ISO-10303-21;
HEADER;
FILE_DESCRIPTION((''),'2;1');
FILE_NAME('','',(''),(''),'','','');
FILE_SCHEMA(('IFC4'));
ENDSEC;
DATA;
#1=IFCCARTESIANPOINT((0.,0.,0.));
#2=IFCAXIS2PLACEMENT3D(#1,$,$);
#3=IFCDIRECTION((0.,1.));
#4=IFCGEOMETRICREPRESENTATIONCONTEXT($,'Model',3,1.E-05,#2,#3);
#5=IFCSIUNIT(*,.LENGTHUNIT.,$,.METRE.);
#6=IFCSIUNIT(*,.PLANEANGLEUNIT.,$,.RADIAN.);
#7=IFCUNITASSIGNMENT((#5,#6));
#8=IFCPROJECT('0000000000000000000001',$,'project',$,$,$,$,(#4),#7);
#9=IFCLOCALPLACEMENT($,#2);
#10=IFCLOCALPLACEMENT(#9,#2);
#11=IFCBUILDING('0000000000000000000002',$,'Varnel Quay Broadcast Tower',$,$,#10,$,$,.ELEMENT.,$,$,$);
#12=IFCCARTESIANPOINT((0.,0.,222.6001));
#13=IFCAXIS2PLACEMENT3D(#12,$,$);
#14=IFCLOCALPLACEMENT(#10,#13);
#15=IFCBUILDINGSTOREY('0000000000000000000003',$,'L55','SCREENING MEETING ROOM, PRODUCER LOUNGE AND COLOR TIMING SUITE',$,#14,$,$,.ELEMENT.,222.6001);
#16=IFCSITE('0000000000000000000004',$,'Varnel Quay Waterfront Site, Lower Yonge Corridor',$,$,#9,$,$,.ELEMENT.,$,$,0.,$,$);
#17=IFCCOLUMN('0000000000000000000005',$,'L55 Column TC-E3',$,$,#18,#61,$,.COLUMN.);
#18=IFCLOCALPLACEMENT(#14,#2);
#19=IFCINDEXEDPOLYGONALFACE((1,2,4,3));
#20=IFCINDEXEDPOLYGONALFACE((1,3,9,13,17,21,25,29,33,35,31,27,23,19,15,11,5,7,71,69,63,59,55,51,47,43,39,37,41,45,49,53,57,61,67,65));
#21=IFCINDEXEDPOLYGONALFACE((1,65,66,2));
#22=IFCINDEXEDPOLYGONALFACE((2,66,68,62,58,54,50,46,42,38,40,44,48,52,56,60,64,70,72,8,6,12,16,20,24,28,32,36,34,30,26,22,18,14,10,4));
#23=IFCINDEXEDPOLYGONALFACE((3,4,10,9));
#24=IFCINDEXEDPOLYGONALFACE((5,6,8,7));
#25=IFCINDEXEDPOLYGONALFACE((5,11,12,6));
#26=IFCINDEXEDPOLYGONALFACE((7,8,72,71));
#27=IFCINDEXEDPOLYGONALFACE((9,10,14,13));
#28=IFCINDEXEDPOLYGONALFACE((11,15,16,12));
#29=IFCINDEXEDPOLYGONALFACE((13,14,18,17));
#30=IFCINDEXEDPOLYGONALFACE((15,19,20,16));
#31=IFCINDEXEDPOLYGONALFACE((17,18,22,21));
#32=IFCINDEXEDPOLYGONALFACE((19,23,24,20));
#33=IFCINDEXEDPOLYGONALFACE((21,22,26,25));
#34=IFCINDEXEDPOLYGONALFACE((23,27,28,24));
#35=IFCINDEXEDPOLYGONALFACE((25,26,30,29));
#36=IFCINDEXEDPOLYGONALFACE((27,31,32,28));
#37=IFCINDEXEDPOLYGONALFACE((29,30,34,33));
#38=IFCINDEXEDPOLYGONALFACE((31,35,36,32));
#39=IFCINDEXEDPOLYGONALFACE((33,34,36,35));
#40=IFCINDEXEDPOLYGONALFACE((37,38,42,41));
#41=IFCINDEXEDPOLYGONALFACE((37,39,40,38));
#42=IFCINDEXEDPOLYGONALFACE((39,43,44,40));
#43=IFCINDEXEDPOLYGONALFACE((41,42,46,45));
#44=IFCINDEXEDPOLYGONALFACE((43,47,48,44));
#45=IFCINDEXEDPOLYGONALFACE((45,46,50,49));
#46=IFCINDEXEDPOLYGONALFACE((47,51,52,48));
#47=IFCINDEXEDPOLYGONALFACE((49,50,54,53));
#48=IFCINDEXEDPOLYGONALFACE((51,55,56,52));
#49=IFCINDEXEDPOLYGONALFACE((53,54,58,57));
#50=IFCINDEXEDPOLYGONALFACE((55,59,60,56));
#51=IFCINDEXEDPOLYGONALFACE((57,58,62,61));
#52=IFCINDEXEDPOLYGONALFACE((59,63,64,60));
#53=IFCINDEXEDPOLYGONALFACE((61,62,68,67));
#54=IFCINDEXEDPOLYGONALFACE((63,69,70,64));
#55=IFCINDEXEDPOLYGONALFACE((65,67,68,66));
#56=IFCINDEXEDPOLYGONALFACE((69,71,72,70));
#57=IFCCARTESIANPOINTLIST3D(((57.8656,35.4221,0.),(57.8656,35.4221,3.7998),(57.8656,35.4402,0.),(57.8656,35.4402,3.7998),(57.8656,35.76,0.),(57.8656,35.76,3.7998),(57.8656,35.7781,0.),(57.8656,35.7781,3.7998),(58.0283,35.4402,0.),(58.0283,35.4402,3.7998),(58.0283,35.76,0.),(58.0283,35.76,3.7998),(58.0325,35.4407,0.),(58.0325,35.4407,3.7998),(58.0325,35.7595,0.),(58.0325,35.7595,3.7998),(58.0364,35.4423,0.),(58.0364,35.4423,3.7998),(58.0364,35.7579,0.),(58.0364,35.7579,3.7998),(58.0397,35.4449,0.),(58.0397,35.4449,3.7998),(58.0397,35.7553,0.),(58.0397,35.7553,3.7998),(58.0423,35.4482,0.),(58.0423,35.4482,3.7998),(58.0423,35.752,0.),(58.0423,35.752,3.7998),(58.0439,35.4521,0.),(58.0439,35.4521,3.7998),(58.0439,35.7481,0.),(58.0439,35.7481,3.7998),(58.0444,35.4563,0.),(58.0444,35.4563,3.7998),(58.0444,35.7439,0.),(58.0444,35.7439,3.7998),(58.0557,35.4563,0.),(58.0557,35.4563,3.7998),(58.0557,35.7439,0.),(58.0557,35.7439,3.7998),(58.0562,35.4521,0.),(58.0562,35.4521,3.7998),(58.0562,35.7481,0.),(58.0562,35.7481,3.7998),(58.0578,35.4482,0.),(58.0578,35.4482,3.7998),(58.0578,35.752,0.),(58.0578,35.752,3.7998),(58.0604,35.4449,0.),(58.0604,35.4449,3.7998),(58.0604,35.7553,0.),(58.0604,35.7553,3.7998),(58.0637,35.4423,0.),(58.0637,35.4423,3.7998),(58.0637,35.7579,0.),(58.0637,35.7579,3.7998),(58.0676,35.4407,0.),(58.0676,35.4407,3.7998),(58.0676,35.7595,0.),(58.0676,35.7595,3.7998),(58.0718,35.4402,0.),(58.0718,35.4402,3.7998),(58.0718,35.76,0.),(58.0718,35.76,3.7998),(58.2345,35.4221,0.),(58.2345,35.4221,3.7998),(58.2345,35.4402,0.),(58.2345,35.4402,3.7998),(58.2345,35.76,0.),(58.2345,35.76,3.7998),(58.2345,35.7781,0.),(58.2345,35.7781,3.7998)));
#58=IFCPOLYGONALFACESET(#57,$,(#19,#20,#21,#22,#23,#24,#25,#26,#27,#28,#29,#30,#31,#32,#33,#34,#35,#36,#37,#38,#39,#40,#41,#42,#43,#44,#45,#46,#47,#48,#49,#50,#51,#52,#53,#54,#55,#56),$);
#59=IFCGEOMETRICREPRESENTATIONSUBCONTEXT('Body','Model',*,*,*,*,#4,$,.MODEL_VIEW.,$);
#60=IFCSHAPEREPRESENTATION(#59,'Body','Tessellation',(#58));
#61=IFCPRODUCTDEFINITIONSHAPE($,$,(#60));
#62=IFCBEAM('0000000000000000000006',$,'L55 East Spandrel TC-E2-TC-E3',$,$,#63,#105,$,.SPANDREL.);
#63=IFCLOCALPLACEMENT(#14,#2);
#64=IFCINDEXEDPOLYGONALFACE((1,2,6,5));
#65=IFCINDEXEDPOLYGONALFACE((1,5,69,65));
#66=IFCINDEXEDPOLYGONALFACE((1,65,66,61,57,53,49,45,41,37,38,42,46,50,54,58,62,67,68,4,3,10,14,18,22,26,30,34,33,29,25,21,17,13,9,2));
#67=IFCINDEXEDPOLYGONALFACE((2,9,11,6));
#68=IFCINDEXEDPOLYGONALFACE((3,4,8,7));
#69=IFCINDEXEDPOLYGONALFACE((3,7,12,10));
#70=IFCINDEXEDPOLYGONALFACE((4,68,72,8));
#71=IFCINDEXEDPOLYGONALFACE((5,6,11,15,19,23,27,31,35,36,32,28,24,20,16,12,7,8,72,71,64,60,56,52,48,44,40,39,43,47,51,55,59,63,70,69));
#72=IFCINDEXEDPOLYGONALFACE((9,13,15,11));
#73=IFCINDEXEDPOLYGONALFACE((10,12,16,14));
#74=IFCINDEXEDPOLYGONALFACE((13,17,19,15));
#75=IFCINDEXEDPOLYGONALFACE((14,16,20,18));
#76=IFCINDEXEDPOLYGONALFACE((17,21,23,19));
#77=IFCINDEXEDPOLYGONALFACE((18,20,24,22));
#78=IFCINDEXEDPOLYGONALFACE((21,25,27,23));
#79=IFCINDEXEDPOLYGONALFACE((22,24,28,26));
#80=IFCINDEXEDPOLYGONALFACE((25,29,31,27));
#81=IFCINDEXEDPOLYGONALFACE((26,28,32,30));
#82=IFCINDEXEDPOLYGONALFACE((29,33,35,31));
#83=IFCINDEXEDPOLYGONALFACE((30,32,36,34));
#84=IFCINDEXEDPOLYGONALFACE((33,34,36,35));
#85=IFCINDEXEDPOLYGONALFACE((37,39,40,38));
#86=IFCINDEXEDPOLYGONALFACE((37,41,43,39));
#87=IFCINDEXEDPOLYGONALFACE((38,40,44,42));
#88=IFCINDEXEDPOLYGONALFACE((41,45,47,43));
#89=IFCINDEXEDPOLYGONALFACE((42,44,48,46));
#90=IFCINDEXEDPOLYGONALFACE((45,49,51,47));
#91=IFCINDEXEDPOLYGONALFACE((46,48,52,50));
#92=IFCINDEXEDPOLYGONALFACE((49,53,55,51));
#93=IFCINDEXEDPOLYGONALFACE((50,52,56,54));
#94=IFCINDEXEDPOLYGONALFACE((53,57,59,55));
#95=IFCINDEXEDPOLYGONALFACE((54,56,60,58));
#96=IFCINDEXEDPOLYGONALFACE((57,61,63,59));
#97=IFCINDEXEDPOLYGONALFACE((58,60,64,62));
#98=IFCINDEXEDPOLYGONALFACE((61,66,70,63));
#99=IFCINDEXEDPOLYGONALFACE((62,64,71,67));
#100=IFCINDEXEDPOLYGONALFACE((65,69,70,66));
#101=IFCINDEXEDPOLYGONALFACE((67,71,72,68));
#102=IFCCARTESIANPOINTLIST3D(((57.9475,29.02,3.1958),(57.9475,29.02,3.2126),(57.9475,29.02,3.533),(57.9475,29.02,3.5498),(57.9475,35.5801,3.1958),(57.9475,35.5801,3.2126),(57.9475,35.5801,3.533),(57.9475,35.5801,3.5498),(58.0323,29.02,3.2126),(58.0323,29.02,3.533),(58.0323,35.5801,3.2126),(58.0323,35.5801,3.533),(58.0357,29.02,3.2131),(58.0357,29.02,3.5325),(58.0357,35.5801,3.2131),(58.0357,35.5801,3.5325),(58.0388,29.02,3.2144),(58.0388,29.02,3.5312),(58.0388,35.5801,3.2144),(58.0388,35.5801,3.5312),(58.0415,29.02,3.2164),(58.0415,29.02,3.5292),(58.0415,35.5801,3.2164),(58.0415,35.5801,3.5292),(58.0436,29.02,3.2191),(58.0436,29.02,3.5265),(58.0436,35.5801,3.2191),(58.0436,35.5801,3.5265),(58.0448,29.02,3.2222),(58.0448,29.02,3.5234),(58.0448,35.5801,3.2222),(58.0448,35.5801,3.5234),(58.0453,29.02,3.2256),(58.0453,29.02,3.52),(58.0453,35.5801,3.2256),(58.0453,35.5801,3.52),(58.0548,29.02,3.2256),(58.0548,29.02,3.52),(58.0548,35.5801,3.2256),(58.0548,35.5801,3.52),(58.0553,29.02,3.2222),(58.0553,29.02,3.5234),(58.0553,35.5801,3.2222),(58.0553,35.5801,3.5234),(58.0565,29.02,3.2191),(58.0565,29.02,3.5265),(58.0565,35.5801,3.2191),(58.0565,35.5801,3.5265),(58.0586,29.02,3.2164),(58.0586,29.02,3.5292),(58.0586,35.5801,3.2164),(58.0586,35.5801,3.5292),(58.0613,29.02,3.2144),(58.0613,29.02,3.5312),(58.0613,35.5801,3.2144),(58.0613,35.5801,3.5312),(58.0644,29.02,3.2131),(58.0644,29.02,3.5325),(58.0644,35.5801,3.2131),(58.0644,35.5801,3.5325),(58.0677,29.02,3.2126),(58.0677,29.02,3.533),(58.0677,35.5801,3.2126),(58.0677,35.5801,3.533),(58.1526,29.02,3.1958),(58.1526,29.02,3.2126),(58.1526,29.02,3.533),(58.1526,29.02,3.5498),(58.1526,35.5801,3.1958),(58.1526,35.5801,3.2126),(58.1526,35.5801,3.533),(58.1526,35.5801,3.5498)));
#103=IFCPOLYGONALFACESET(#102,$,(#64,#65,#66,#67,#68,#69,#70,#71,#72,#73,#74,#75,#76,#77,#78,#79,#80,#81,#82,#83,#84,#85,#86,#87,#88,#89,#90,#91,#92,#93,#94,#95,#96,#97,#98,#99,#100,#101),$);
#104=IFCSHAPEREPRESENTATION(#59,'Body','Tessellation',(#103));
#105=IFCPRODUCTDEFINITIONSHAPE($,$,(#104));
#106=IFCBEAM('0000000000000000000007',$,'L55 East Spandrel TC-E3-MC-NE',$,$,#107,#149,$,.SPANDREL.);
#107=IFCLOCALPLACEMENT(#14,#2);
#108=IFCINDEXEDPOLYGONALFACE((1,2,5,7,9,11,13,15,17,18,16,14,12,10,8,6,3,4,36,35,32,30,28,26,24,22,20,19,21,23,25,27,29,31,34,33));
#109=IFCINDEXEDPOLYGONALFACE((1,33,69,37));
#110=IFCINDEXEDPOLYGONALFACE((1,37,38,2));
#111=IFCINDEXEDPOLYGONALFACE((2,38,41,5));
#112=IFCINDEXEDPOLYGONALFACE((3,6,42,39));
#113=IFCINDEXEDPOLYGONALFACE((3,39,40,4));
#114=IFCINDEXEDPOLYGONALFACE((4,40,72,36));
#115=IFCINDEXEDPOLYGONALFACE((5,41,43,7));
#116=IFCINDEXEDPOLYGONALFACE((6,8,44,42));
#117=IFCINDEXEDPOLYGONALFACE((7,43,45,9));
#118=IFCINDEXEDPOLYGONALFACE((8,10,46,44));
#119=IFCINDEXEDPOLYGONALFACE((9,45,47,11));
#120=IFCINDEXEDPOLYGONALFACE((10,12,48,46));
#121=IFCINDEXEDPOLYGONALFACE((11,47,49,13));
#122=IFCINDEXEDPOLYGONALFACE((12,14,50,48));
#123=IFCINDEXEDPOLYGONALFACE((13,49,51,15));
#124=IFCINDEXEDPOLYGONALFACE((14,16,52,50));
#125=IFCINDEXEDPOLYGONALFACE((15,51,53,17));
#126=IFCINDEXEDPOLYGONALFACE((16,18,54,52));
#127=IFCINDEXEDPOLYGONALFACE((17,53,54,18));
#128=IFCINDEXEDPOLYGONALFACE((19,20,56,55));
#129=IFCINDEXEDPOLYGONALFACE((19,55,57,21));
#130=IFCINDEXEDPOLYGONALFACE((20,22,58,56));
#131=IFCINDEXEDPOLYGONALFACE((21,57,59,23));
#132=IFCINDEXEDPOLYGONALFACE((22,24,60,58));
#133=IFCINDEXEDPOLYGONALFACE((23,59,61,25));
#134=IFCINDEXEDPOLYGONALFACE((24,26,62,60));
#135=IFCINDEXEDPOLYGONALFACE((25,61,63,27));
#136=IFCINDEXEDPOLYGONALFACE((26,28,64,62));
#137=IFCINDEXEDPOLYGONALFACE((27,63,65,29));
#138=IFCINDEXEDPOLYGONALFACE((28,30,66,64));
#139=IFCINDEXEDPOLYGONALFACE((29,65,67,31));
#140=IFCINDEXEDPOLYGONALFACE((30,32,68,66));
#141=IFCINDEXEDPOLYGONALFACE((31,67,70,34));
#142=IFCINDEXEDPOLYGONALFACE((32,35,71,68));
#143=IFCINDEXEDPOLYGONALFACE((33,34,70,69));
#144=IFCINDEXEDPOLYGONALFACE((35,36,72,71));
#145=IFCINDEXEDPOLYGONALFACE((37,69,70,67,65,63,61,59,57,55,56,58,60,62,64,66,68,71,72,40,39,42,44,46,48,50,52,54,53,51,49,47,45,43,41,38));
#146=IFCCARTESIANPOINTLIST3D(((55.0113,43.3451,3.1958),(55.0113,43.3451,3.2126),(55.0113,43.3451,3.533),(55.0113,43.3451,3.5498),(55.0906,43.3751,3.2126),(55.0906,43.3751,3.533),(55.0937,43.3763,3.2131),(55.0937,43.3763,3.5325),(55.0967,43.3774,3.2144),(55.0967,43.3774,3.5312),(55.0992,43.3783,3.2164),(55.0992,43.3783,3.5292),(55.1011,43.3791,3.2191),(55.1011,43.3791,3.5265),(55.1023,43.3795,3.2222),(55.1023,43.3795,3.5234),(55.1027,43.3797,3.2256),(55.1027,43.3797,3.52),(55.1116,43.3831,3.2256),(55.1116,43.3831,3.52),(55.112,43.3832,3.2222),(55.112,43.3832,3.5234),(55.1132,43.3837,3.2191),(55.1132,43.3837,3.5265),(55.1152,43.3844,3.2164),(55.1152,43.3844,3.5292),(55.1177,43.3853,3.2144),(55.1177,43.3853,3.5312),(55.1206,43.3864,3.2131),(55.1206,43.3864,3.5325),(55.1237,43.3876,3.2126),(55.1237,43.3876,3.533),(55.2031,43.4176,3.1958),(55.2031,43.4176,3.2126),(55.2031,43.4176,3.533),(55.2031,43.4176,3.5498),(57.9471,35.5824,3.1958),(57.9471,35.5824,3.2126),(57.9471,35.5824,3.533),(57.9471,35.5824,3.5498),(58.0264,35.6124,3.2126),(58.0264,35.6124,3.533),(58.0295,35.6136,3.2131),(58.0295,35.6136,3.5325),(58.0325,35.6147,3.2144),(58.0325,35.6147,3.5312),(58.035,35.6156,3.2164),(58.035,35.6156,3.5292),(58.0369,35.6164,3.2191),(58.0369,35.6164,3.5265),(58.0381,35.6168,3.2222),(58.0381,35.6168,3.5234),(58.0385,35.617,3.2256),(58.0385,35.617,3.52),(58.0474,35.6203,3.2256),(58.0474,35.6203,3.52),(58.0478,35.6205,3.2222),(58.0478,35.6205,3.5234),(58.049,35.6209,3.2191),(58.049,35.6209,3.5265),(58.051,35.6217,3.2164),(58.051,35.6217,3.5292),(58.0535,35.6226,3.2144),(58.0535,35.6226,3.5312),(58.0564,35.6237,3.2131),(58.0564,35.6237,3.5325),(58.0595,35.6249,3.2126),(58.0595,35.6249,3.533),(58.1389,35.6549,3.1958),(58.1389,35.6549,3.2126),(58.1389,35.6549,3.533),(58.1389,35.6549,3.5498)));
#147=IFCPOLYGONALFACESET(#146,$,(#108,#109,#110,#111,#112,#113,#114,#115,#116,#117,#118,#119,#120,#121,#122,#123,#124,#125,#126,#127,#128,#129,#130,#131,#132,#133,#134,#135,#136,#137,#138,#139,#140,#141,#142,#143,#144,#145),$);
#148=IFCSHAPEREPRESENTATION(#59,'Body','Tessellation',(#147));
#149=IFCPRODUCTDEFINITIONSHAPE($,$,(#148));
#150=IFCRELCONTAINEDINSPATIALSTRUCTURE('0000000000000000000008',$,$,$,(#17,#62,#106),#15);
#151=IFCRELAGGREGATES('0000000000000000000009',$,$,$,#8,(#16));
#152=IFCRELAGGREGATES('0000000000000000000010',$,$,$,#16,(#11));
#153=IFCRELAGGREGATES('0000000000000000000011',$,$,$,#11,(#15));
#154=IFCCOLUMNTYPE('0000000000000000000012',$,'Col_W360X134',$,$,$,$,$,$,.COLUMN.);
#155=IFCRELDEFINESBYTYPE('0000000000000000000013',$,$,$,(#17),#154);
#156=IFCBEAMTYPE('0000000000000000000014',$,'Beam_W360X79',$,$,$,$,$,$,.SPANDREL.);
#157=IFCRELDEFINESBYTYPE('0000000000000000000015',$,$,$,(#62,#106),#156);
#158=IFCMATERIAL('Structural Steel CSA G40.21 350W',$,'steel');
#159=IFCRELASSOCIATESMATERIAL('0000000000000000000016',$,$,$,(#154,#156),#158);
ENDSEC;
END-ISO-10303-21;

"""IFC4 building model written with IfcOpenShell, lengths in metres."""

from ifc_helpers import new_model, si_unit, direction, frame, origin, origin_2d, place, context, subcontext, project, spatial, i_section, extrude, source, transform, mapped, material, material_profile, profile_set, type_object, type_shapes, element, save


model = new_model("IFC4")

# Units and contexts
model_context = context("Model", 3, precision=1e-05, world=origin(), true_north=direction((0.0, 1.0)))
body_context = subcontext(model_context, "Body", "Model", "MODEL_VIEW")
ifc_project = project(units=[si_unit("LENGTHUNIT", "METRE"), si_unit("PLANEANGLEUNIT", "RADIAN")], contexts=[model_context])

# Site, building, storey
site_placement = place(None, origin())
site = spatial("IfcSite", under=ifc_project, at=site_placement, Name="Varnel Quay Waterfront Site, Lower Yonge Corridor", CompositionType="ELEMENT", RefElevation=0.0)
building_placement = place(site_placement, origin())
building = spatial("IfcBuilding", under=site, at=building_placement, Name="Varnel Quay Broadcast Tower", CompositionType="ELEMENT")
storey_placement = place(building_placement, frame((0.0, 0.0, 222.6001)))
storey = spatial("IfcBuildingStorey", under=building, at=storey_placement, Name="L55", Description="SCREENING MEETING ROOM, PRODUCER LOUNGE AND COLOR TIMING SUITE", CompositionType="ELEMENT", Elevation=222.6001)

# Column
ifc_material_1 = material(Name="Structural Steel CSA G40.21 350W", Category="steel")
ifc_material_profile_1 = material_profile(ifc_material_1, i_section(OverallWidth=0.3689, OverallDepth=0.356, WebThickness=0.0112, FlangeThickness=0.0181, FilletRadius=0.0161, at=origin_2d()), Name="W360X134")
ifc_profile_set_1 = profile_set([ifc_material_profile_1], Name="Structural Steel CSA G40.21 350W")
column_type_1 = type_object("IfcColumnType", Name="Col_W360X134", PredefinedType="COLUMN", material=ifc_profile_set_1)
shared_shape_1 = source(origin(), body_context, "Body", "SweptSolid", [
    extrude(i_section(OverallWidth=0.3689, OverallDepth=0.356, WebThickness=0.0112, FlangeThickness=0.0181, FilletRadius=0.0161, at=origin_2d()), origin(), (0.0, 0.0, 1.0), 3.7998),
])
type_shapes(column_type_1, [shared_shape_1])
for number, where, z_axis, x_axis, name in (
    (1, (58.05, 35.6001, 0.0), (0.0, 0.0, 1.0), (1.0, 0.0, 0.0), "L55 Column TC-E3"),
):
    element("IfcColumn", number, at=place(storey_placement, frame(where, z_axis=z_axis, x_axis=x_axis)), inside=storey, type_object=column_type_1, Name=name, PredefinedType="COLUMN", context=body_context, shape_type="MappedRepresentation", body=[
        mapped(shared_shape_1, transform((0.0, 0.0, 0.0), x_axis=(1.0, 0.0, 0.0), y_axis=(0.0, 1.0, 0.0), z_axis=(0.0, 0.0, 1.0), scale=1.0)),
    ])

# Beams
ifc_material_profile_2 = material_profile(ifc_material_1, i_section(OverallWidth=0.2051, OverallDepth=0.354, WebThickness=0.0095, FlangeThickness=0.0168, FilletRadius=0.0129, at=origin_2d()), Name="W360X79")
ifc_profile_set_2 = profile_set([ifc_material_profile_2], Name="Structural Steel CSA G40.21 350W")
beam_type_1 = type_object("IfcBeamType", Name="Beam_W360X79", PredefinedType="SPANDREL", material=ifc_profile_set_2)
shared_shape_2 = source(origin(), body_context, "Body", "SweptSolid", [
    extrude(i_section(OverallWidth=0.2051, OverallDepth=0.354, WebThickness=0.0095, FlangeThickness=0.0168, FilletRadius=0.0129, at=origin_2d()), origin(), (0.0, 0.0, 1.0), 6.5601),
])
beam_1_placement = place(storey_placement, frame((58.05, 29.02, 3.3728), z_axis=(0.0, 1.0, 0.0), x_axis=(-1.0, 0.0, 0.0)))
element("IfcBeam", 2, at=beam_1_placement, inside=storey, type_object=beam_type_1, Name="L55 East Spandrel TC-E2-TC-E3", PredefinedType="SPANDREL", context=body_context, shape_type="MappedRepresentation", body=[
    mapped(shared_shape_2, transform((0.0, 0.0, 0.0), x_axis=(1.0, 0.0, 0.0), y_axis=(0.0, 1.0, 0.0), z_axis=(0.0, 0.0, 1.0), scale=1.0)),
])
shared_shape_3 = source(origin(), body_context, "Body", "SweptSolid", [
    extrude(i_section(OverallWidth=0.2051, OverallDepth=0.354, WebThickness=0.0095, FlangeThickness=0.0168, FilletRadius=0.0129, at=origin_2d()), origin(), (0.0, 0.0, 1.0), 8.2993),
])
beam_2_placement = place(storey_placement, frame((58.043, 35.6187, 3.3728), z_axis=(-0.35374, 0.935344, 0.0), x_axis=(-0.935344, -0.35374, 0.0)))
element("IfcBeam", 3, at=beam_2_placement, inside=storey, type_object=beam_type_1, Name="L55 East Spandrel TC-E3-MC-NE", PredefinedType="SPANDREL", context=body_context, shape_type="MappedRepresentation", body=[
    mapped(shared_shape_3, transform((0.0, 0.0, 0.0), x_axis=(1.0, 0.0, 0.0), y_axis=(0.0, 1.0, 0.0), z_axis=(0.0, 0.0, 1.0), scale=1.0)),
])

save(model, "model.ifc")
